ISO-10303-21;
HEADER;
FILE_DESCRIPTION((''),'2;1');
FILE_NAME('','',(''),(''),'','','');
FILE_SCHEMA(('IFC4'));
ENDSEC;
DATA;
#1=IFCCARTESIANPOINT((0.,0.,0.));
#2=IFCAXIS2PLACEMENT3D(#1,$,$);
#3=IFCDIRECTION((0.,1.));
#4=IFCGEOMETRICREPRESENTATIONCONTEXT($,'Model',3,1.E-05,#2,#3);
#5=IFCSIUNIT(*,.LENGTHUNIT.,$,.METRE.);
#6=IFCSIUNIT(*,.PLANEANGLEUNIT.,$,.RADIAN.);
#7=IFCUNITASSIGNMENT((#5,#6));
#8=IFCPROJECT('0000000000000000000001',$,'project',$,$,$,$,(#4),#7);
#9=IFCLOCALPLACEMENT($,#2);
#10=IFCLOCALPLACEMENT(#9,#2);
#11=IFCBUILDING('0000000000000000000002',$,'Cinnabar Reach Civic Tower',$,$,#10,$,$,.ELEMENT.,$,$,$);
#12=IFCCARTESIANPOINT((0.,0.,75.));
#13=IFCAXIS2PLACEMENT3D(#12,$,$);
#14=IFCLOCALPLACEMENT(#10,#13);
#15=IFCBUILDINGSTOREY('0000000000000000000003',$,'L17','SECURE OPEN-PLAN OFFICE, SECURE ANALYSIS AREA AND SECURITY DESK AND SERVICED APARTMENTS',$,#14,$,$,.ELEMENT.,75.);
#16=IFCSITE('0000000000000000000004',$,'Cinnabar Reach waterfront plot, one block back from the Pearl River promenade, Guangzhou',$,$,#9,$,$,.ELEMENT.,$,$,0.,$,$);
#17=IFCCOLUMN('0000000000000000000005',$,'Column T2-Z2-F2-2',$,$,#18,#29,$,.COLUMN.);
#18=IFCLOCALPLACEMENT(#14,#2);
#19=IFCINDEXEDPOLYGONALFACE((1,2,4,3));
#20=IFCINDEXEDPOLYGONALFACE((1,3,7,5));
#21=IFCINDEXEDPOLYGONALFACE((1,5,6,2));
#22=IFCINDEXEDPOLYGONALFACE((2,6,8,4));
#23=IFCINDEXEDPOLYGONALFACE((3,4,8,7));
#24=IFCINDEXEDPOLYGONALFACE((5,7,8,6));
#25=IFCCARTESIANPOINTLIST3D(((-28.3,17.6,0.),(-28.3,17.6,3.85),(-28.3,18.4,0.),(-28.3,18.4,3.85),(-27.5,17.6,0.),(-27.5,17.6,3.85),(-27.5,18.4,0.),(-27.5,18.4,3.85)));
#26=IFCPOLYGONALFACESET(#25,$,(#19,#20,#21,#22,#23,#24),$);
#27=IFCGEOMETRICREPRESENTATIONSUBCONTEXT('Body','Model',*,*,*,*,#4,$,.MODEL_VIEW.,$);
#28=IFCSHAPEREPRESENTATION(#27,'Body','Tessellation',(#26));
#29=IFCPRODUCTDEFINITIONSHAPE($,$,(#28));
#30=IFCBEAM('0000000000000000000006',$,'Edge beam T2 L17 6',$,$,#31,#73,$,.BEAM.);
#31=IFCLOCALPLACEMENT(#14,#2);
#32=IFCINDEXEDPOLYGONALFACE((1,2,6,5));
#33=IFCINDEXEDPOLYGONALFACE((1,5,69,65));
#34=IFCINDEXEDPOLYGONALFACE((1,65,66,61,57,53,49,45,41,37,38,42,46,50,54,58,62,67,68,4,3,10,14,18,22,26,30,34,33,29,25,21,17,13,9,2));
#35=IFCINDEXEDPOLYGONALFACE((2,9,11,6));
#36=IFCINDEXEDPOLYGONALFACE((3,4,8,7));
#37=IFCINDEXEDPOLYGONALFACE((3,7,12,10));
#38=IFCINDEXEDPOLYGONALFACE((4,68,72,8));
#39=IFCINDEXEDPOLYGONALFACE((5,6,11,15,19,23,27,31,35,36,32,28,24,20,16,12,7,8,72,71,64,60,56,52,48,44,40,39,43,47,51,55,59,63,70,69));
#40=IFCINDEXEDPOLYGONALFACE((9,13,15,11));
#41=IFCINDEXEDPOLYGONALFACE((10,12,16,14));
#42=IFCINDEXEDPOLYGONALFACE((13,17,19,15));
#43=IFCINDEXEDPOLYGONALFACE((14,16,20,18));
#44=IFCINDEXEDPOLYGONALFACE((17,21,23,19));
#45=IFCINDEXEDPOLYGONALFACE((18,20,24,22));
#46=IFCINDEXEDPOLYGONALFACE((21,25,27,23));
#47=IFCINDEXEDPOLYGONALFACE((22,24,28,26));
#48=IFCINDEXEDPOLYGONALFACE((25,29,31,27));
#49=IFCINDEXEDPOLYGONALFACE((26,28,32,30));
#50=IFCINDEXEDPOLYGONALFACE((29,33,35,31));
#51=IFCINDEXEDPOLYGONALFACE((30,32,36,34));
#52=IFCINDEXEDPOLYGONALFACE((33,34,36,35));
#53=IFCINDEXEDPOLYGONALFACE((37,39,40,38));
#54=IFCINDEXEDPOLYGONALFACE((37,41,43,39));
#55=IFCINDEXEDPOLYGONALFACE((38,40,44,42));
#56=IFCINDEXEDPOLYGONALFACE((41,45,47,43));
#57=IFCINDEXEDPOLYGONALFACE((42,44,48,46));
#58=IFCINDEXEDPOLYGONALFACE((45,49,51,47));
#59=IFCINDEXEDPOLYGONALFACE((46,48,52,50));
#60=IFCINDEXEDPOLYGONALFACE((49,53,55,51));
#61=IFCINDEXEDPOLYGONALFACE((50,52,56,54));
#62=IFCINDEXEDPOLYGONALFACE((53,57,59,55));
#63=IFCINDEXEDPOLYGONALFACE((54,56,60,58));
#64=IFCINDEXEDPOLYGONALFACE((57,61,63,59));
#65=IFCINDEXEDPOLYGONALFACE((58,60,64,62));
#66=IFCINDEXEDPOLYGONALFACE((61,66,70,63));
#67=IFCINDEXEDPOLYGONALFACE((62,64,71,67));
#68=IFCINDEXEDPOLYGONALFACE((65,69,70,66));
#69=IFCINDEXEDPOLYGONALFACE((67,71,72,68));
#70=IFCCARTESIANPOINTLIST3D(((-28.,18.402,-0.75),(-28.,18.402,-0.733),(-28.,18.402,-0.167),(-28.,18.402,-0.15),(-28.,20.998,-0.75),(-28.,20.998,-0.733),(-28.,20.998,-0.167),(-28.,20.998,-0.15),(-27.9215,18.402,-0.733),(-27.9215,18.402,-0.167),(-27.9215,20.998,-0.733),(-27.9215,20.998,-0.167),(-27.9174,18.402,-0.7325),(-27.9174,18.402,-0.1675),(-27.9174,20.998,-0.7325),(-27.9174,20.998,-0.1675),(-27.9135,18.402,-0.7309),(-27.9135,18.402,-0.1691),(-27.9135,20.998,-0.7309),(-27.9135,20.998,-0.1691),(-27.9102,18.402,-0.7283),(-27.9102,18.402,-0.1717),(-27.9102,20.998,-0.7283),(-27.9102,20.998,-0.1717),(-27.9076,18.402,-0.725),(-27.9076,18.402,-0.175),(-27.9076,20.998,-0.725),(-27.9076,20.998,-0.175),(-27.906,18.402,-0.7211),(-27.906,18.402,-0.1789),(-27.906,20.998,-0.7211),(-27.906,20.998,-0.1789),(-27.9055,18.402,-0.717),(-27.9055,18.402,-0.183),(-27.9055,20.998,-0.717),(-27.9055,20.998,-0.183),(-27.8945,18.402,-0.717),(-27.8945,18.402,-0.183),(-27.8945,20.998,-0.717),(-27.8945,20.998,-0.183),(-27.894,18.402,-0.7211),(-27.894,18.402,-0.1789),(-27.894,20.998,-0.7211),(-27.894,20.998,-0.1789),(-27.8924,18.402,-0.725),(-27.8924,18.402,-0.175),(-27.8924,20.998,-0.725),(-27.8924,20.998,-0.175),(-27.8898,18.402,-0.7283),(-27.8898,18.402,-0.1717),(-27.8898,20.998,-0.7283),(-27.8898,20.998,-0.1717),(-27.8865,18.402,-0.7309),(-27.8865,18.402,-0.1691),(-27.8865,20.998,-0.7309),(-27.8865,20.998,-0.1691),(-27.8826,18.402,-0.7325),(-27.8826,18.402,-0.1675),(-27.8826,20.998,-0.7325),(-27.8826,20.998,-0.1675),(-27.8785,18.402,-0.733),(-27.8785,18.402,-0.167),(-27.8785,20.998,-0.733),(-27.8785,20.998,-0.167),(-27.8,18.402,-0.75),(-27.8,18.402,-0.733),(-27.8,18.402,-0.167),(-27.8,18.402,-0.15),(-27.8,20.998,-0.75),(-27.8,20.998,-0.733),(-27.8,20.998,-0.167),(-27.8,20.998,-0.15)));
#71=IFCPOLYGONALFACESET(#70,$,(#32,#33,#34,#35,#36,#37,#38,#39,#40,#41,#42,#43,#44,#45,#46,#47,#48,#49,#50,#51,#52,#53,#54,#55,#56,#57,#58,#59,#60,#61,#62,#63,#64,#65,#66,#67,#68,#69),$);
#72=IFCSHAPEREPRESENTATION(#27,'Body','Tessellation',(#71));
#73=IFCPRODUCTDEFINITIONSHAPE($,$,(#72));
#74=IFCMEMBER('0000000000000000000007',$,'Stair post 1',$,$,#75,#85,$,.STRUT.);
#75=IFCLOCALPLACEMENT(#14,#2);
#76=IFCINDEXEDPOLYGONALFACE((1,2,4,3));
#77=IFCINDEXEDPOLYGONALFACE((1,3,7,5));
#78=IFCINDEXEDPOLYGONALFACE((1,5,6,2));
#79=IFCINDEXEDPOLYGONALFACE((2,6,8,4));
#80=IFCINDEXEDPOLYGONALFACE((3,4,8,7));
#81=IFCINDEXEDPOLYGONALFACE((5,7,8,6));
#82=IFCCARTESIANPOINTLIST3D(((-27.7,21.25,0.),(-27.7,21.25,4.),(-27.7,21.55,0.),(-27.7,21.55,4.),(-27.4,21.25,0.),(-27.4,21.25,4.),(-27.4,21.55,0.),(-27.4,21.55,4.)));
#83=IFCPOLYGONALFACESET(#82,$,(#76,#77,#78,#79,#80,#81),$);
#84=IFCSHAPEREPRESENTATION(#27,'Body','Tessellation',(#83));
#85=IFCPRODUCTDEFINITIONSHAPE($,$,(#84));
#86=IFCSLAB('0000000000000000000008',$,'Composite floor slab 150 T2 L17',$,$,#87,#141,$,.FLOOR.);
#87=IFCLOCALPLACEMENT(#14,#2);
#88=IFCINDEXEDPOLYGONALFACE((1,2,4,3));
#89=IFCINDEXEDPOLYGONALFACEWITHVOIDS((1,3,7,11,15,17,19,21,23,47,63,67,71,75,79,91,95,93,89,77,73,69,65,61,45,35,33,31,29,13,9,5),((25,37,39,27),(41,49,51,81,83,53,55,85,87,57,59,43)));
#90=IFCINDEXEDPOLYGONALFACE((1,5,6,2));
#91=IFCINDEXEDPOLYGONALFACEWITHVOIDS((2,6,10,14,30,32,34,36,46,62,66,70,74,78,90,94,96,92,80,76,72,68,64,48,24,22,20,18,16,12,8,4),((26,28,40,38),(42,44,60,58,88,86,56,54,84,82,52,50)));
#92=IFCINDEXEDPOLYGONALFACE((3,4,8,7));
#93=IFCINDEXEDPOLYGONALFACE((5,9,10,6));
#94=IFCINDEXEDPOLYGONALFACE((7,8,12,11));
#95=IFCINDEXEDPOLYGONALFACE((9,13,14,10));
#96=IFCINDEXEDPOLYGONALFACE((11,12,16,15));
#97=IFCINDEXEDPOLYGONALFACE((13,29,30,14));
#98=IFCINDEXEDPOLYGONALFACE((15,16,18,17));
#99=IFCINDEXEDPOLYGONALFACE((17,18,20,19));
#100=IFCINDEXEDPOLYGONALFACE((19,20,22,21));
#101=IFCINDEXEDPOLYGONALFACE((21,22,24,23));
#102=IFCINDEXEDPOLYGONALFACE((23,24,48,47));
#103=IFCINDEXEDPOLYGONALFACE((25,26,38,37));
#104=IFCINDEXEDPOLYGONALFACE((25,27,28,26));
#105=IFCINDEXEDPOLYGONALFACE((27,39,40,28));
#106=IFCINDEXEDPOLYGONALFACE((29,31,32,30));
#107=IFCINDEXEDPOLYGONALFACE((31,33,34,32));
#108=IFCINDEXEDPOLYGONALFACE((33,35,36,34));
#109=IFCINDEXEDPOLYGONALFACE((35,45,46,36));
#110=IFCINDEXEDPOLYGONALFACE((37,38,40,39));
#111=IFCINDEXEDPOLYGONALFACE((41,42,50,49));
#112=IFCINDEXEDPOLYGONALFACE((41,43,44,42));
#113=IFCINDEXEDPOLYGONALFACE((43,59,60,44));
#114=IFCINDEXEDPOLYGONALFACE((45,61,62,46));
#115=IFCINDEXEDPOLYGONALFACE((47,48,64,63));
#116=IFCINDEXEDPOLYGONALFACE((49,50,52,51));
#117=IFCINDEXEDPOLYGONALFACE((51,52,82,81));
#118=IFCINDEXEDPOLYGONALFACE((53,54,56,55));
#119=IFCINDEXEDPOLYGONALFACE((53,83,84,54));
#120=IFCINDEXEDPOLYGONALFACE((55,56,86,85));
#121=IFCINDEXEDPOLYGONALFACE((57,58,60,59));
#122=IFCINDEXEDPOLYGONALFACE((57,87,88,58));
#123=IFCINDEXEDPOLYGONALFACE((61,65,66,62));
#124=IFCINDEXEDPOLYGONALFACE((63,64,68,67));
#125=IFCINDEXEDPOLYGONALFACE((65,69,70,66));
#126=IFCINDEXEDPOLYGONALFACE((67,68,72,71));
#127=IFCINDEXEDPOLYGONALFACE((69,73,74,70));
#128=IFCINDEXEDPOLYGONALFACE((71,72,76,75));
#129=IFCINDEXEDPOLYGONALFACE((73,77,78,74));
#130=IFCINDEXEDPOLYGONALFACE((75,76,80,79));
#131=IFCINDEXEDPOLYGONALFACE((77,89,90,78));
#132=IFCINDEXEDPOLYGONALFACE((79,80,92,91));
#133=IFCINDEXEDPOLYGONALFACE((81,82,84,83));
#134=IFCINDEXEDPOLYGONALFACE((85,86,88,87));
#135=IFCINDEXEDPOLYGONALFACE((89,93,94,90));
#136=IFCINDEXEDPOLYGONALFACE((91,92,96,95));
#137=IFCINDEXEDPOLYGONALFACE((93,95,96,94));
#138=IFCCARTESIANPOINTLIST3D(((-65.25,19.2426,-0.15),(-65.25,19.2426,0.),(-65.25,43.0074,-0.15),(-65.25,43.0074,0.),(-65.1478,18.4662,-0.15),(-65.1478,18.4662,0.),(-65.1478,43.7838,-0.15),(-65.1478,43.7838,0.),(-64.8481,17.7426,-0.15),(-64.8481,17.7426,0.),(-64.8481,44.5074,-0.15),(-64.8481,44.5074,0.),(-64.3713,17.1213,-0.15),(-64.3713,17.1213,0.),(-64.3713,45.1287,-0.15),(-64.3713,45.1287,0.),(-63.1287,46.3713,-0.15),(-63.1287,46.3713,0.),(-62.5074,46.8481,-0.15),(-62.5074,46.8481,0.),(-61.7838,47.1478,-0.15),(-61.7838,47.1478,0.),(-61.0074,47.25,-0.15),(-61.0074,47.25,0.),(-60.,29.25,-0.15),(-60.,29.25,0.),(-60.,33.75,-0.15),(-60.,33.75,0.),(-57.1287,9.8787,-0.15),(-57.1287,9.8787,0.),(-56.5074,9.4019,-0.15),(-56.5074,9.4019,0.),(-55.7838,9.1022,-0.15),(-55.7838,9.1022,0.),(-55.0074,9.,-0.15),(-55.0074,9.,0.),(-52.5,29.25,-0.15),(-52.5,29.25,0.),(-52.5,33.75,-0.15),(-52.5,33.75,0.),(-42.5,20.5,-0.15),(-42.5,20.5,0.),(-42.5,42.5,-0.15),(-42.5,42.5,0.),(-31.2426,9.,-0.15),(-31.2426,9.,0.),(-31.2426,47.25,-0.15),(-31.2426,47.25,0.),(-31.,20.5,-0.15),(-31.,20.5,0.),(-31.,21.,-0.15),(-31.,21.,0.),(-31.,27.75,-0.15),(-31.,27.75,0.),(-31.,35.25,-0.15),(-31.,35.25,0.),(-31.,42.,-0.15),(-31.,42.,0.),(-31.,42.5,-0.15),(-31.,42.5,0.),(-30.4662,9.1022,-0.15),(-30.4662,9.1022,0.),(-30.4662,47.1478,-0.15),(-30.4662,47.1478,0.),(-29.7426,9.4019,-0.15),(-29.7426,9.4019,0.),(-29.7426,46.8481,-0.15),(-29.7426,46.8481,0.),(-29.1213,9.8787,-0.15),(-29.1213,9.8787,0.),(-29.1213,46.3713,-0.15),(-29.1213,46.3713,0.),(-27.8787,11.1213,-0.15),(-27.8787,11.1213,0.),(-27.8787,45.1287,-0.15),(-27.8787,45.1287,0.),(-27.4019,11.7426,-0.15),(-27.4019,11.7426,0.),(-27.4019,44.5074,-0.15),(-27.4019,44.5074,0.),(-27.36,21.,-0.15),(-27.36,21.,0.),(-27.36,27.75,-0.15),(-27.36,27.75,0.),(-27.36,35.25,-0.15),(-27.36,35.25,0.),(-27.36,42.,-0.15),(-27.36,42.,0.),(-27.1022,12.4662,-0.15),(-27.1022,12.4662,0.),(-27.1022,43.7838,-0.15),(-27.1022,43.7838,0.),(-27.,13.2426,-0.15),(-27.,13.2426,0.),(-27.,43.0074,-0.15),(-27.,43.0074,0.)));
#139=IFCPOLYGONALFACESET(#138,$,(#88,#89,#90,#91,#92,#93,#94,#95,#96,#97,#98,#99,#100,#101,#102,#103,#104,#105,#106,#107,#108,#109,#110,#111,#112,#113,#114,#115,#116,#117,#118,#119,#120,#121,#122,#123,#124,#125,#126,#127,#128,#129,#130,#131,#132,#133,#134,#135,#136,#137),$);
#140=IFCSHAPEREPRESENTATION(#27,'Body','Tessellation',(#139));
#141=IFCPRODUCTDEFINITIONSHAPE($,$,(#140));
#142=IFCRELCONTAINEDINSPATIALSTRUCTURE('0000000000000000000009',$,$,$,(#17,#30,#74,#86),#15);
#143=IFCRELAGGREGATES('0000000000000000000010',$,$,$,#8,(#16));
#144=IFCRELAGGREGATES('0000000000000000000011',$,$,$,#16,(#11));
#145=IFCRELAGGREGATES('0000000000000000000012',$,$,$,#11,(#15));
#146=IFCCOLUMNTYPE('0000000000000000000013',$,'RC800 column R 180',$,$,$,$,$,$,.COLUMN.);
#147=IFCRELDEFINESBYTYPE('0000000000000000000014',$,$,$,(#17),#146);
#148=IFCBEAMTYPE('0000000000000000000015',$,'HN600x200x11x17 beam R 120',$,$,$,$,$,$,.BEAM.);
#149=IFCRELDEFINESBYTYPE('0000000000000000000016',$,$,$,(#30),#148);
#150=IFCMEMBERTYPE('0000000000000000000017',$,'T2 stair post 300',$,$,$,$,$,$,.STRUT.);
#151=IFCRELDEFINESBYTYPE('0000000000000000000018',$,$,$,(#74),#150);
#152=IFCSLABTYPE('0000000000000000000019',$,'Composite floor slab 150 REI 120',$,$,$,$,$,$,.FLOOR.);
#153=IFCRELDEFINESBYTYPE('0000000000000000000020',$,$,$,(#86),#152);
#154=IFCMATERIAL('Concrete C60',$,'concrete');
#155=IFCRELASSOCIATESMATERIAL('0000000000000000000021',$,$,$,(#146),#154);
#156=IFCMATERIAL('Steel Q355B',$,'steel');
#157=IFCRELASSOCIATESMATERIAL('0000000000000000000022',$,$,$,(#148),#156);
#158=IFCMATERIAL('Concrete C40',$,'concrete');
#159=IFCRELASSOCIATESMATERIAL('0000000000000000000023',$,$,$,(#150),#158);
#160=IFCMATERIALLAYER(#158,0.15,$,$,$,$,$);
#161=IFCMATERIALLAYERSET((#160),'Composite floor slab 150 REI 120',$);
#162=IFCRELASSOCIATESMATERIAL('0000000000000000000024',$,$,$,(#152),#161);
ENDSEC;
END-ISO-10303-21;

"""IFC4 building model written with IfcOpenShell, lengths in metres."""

from ifc_helpers import new_model, si_unit, direction, frame, origin, origin_2d, place, context, subcontext, project, spatial, polyline, rectangle, i_section, outline, extrude, material, layer, layer_set, material_profile, profile_set, type_object, element, save


model = new_model("IFC4")

# Units and contexts
model_context = context("Model", 3, precision=1e-05, world=origin(), true_north=direction((0.0, 1.0)))
body_context = subcontext(model_context, "Body", "Model", "MODEL_VIEW")
ifc_project = project(units=[si_unit("LENGTHUNIT", "METRE"), si_unit("PLANEANGLEUNIT", "RADIAN")], contexts=[model_context])

# Site, building, storey
site_placement = place(None, origin())
site = spatial("IfcSite", under=ifc_project, at=site_placement, Name="Cinnabar Reach waterfront plot, one block back from the Pearl River promenade, Guangzhou", CompositionType="ELEMENT", RefElevation=0.0)
building_placement = place(site_placement, origin())
building = spatial("IfcBuilding", under=site, at=building_placement, Name="Cinnabar Reach Civic Tower", CompositionType="ELEMENT")
storey_placement = place(building_placement, frame((0.0, 0.0, 75.0)))
storey = spatial("IfcBuildingStorey", under=building, at=storey_placement, Name="L17", Description="SECURE OPEN-PLAN OFFICE, SECURE ANALYSIS AREA AND SECURITY DESK AND SERVICED APARTMENTS", CompositionType="ELEMENT", Elevation=75.0)

# Column
ifc_material_1 = material(Name="Concrete C60", Category="concrete")
ifc_material_profile_1 = material_profile(ifc_material_1, rectangle(XDim=0.8, YDim=0.8, at=origin_2d()), Name="RC800")
ifc_profile_set_1 = profile_set([ifc_material_profile_1], Name="Concrete C60")
column_type = type_object("IfcColumnType", Name="RC800 column R 180", PredefinedType="COLUMN", material=ifc_profile_set_1)
column_placement = place(storey_placement, frame((-27.9, 18.0, 0.0), z_axis=(0.0, 0.0, 1.0), x_axis=(1.0, 0.0, 0.0)))
element("IfcColumn", 1, at=column_placement, inside=storey, type_object=column_type, Name="Column T2-Z2-F2-2", PredefinedType="COLUMN", context=body_context, shape_type="SweptSolid", body=[
    extrude(rectangle(XDim=0.8, YDim=0.8, at=origin_2d()), origin(), (0.0, 0.0, 1.0), 3.85),
])

# Beam
ifc_material_2 = material(Name="Steel Q355B", Category="steel")
ifc_material_profile_2 = material_profile(ifc_material_2, i_section(OverallWidth=0.2, OverallDepth=0.6, WebThickness=0.011, FlangeThickness=0.017, FilletRadius=0.016, at=origin_2d()), Name="HN600x200x11x17")
ifc_profile_set_2 = profile_set([ifc_material_profile_2], Name="Steel Q355B")
beam_type = type_object("IfcBeamType", Name="HN600x200x11x17 beam R 120", PredefinedType="BEAM", material=ifc_profile_set_2)
beam_placement = place(storey_placement, frame((-27.9, 18.402, -0.45), z_axis=(0.0, 1.0, 0.0), x_axis=(-1.0, 0.0, 0.0)))
element("IfcBeam", 2, at=beam_placement, inside=storey, type_object=beam_type, Name="Edge beam T2 L17 6", PredefinedType="BEAM", context=body_context, shape_type="SweptSolid", body=[
    extrude(i_section(OverallWidth=0.2, OverallDepth=0.6, WebThickness=0.011, FlangeThickness=0.017, FilletRadius=0.016, at=origin_2d()), origin(), (0.0, 0.0, 1.0), 2.596),
])

# Member
ifc_material_3 = material(Name="Concrete C40", Category="concrete")
ifc_material_profile_3 = material_profile(ifc_material_3, rectangle(XDim=0.3, YDim=0.3, at=origin_2d()), Name="C300")
ifc_profile_set_3 = profile_set([ifc_material_profile_3], Name="Concrete C40")
member_type = type_object("IfcMemberType", Name="T2 stair post 300", PredefinedType="STRUT", material=ifc_profile_set_3)
member_placement = place(storey_placement, frame((-27.55, 21.4, 0.0), z_axis=(0.0, 0.0, 1.0), x_axis=(1.0, 0.0, 0.0)))
element("IfcMember", 3, at=member_placement, inside=storey, type_object=member_type, Name="Stair post 1", PredefinedType="STRUT", context=body_context, shape_type="SweptSolid", body=[
    extrude(rectangle(XDim=0.3, YDim=0.3, at=origin_2d()), origin(), (0.0, 0.0, 1.0), 4.0),
])

# Slab
ifc_layer_1 = layer(ifc_material_3, 0.15)
ifc_layer_set_1 = layer_set([ifc_layer_1], Name="Composite floor slab 150 REI 120")
slab_type_1 = type_object("IfcSlabType", Name="Composite floor slab 150 REI 120", PredefinedType="FLOOR", material=ifc_layer_set_1)
slab_1_placement = place(storey_placement, frame((0.0, 0.0, -0.15)))
element("IfcSlab", 4, at=slab_1_placement, inside=storey, type_object=slab_type_1, Name="Composite floor slab 150 T2 L17", PredefinedType="FLOOR", context=body_context, shape_type="SweptSolid", body=[
    extrude(outline(polyline([(-64.3713, 17.1213), (-64.8481, 17.7426), (-65.1478, 18.4662), (-65.25, 19.2426), (-65.25, 43.0074), (-65.1478, 43.7838), (-64.8481, 44.5074), (-64.3713, 45.1287), (-63.1287, 46.3713), (-62.5074, 46.8481), (-61.7838, 47.1478), (-61.0074, 47.25), (-31.2426, 47.25), (-30.4662, 47.1478), (-29.7426, 46.8481), (-29.1213, 46.3713), (-27.8787, 45.1287), (-27.4019, 44.5074), (-27.1022, 43.7838), (-27.0, 43.0074), (-27.0, 13.2426), (-27.1022, 12.4662), (-27.4019, 11.7426), (-27.8787, 11.1213), (-29.1213, 9.8787), (-29.7426, 9.4019), (-30.4662, 9.1022), (-31.2426, 9.0), (-55.0074, 9.0), (-55.7838, 9.1022), (-56.5074, 9.4019), (-57.1287, 9.8787), (-64.3713, 17.1213)]), holes=[polyline([(-31.0, 27.75), (-31.0, 35.25), (-27.36, 35.25), (-27.36, 42.0), (-31.0, 42.0), (-31.0, 42.5), (-42.5, 42.5), (-42.5, 20.5), (-31.0, 20.5), (-31.0, 21.0), (-27.36, 21.0), (-27.36, 27.75), (-31.0, 27.75)]), polyline([(-60.0, 33.75), (-60.0, 29.25), (-52.5, 29.25), (-52.5, 33.75), (-60.0, 33.75)])]), origin(), (0.0, 0.0, 1.0), 0.15),
])

save(model, "model.ifc")
